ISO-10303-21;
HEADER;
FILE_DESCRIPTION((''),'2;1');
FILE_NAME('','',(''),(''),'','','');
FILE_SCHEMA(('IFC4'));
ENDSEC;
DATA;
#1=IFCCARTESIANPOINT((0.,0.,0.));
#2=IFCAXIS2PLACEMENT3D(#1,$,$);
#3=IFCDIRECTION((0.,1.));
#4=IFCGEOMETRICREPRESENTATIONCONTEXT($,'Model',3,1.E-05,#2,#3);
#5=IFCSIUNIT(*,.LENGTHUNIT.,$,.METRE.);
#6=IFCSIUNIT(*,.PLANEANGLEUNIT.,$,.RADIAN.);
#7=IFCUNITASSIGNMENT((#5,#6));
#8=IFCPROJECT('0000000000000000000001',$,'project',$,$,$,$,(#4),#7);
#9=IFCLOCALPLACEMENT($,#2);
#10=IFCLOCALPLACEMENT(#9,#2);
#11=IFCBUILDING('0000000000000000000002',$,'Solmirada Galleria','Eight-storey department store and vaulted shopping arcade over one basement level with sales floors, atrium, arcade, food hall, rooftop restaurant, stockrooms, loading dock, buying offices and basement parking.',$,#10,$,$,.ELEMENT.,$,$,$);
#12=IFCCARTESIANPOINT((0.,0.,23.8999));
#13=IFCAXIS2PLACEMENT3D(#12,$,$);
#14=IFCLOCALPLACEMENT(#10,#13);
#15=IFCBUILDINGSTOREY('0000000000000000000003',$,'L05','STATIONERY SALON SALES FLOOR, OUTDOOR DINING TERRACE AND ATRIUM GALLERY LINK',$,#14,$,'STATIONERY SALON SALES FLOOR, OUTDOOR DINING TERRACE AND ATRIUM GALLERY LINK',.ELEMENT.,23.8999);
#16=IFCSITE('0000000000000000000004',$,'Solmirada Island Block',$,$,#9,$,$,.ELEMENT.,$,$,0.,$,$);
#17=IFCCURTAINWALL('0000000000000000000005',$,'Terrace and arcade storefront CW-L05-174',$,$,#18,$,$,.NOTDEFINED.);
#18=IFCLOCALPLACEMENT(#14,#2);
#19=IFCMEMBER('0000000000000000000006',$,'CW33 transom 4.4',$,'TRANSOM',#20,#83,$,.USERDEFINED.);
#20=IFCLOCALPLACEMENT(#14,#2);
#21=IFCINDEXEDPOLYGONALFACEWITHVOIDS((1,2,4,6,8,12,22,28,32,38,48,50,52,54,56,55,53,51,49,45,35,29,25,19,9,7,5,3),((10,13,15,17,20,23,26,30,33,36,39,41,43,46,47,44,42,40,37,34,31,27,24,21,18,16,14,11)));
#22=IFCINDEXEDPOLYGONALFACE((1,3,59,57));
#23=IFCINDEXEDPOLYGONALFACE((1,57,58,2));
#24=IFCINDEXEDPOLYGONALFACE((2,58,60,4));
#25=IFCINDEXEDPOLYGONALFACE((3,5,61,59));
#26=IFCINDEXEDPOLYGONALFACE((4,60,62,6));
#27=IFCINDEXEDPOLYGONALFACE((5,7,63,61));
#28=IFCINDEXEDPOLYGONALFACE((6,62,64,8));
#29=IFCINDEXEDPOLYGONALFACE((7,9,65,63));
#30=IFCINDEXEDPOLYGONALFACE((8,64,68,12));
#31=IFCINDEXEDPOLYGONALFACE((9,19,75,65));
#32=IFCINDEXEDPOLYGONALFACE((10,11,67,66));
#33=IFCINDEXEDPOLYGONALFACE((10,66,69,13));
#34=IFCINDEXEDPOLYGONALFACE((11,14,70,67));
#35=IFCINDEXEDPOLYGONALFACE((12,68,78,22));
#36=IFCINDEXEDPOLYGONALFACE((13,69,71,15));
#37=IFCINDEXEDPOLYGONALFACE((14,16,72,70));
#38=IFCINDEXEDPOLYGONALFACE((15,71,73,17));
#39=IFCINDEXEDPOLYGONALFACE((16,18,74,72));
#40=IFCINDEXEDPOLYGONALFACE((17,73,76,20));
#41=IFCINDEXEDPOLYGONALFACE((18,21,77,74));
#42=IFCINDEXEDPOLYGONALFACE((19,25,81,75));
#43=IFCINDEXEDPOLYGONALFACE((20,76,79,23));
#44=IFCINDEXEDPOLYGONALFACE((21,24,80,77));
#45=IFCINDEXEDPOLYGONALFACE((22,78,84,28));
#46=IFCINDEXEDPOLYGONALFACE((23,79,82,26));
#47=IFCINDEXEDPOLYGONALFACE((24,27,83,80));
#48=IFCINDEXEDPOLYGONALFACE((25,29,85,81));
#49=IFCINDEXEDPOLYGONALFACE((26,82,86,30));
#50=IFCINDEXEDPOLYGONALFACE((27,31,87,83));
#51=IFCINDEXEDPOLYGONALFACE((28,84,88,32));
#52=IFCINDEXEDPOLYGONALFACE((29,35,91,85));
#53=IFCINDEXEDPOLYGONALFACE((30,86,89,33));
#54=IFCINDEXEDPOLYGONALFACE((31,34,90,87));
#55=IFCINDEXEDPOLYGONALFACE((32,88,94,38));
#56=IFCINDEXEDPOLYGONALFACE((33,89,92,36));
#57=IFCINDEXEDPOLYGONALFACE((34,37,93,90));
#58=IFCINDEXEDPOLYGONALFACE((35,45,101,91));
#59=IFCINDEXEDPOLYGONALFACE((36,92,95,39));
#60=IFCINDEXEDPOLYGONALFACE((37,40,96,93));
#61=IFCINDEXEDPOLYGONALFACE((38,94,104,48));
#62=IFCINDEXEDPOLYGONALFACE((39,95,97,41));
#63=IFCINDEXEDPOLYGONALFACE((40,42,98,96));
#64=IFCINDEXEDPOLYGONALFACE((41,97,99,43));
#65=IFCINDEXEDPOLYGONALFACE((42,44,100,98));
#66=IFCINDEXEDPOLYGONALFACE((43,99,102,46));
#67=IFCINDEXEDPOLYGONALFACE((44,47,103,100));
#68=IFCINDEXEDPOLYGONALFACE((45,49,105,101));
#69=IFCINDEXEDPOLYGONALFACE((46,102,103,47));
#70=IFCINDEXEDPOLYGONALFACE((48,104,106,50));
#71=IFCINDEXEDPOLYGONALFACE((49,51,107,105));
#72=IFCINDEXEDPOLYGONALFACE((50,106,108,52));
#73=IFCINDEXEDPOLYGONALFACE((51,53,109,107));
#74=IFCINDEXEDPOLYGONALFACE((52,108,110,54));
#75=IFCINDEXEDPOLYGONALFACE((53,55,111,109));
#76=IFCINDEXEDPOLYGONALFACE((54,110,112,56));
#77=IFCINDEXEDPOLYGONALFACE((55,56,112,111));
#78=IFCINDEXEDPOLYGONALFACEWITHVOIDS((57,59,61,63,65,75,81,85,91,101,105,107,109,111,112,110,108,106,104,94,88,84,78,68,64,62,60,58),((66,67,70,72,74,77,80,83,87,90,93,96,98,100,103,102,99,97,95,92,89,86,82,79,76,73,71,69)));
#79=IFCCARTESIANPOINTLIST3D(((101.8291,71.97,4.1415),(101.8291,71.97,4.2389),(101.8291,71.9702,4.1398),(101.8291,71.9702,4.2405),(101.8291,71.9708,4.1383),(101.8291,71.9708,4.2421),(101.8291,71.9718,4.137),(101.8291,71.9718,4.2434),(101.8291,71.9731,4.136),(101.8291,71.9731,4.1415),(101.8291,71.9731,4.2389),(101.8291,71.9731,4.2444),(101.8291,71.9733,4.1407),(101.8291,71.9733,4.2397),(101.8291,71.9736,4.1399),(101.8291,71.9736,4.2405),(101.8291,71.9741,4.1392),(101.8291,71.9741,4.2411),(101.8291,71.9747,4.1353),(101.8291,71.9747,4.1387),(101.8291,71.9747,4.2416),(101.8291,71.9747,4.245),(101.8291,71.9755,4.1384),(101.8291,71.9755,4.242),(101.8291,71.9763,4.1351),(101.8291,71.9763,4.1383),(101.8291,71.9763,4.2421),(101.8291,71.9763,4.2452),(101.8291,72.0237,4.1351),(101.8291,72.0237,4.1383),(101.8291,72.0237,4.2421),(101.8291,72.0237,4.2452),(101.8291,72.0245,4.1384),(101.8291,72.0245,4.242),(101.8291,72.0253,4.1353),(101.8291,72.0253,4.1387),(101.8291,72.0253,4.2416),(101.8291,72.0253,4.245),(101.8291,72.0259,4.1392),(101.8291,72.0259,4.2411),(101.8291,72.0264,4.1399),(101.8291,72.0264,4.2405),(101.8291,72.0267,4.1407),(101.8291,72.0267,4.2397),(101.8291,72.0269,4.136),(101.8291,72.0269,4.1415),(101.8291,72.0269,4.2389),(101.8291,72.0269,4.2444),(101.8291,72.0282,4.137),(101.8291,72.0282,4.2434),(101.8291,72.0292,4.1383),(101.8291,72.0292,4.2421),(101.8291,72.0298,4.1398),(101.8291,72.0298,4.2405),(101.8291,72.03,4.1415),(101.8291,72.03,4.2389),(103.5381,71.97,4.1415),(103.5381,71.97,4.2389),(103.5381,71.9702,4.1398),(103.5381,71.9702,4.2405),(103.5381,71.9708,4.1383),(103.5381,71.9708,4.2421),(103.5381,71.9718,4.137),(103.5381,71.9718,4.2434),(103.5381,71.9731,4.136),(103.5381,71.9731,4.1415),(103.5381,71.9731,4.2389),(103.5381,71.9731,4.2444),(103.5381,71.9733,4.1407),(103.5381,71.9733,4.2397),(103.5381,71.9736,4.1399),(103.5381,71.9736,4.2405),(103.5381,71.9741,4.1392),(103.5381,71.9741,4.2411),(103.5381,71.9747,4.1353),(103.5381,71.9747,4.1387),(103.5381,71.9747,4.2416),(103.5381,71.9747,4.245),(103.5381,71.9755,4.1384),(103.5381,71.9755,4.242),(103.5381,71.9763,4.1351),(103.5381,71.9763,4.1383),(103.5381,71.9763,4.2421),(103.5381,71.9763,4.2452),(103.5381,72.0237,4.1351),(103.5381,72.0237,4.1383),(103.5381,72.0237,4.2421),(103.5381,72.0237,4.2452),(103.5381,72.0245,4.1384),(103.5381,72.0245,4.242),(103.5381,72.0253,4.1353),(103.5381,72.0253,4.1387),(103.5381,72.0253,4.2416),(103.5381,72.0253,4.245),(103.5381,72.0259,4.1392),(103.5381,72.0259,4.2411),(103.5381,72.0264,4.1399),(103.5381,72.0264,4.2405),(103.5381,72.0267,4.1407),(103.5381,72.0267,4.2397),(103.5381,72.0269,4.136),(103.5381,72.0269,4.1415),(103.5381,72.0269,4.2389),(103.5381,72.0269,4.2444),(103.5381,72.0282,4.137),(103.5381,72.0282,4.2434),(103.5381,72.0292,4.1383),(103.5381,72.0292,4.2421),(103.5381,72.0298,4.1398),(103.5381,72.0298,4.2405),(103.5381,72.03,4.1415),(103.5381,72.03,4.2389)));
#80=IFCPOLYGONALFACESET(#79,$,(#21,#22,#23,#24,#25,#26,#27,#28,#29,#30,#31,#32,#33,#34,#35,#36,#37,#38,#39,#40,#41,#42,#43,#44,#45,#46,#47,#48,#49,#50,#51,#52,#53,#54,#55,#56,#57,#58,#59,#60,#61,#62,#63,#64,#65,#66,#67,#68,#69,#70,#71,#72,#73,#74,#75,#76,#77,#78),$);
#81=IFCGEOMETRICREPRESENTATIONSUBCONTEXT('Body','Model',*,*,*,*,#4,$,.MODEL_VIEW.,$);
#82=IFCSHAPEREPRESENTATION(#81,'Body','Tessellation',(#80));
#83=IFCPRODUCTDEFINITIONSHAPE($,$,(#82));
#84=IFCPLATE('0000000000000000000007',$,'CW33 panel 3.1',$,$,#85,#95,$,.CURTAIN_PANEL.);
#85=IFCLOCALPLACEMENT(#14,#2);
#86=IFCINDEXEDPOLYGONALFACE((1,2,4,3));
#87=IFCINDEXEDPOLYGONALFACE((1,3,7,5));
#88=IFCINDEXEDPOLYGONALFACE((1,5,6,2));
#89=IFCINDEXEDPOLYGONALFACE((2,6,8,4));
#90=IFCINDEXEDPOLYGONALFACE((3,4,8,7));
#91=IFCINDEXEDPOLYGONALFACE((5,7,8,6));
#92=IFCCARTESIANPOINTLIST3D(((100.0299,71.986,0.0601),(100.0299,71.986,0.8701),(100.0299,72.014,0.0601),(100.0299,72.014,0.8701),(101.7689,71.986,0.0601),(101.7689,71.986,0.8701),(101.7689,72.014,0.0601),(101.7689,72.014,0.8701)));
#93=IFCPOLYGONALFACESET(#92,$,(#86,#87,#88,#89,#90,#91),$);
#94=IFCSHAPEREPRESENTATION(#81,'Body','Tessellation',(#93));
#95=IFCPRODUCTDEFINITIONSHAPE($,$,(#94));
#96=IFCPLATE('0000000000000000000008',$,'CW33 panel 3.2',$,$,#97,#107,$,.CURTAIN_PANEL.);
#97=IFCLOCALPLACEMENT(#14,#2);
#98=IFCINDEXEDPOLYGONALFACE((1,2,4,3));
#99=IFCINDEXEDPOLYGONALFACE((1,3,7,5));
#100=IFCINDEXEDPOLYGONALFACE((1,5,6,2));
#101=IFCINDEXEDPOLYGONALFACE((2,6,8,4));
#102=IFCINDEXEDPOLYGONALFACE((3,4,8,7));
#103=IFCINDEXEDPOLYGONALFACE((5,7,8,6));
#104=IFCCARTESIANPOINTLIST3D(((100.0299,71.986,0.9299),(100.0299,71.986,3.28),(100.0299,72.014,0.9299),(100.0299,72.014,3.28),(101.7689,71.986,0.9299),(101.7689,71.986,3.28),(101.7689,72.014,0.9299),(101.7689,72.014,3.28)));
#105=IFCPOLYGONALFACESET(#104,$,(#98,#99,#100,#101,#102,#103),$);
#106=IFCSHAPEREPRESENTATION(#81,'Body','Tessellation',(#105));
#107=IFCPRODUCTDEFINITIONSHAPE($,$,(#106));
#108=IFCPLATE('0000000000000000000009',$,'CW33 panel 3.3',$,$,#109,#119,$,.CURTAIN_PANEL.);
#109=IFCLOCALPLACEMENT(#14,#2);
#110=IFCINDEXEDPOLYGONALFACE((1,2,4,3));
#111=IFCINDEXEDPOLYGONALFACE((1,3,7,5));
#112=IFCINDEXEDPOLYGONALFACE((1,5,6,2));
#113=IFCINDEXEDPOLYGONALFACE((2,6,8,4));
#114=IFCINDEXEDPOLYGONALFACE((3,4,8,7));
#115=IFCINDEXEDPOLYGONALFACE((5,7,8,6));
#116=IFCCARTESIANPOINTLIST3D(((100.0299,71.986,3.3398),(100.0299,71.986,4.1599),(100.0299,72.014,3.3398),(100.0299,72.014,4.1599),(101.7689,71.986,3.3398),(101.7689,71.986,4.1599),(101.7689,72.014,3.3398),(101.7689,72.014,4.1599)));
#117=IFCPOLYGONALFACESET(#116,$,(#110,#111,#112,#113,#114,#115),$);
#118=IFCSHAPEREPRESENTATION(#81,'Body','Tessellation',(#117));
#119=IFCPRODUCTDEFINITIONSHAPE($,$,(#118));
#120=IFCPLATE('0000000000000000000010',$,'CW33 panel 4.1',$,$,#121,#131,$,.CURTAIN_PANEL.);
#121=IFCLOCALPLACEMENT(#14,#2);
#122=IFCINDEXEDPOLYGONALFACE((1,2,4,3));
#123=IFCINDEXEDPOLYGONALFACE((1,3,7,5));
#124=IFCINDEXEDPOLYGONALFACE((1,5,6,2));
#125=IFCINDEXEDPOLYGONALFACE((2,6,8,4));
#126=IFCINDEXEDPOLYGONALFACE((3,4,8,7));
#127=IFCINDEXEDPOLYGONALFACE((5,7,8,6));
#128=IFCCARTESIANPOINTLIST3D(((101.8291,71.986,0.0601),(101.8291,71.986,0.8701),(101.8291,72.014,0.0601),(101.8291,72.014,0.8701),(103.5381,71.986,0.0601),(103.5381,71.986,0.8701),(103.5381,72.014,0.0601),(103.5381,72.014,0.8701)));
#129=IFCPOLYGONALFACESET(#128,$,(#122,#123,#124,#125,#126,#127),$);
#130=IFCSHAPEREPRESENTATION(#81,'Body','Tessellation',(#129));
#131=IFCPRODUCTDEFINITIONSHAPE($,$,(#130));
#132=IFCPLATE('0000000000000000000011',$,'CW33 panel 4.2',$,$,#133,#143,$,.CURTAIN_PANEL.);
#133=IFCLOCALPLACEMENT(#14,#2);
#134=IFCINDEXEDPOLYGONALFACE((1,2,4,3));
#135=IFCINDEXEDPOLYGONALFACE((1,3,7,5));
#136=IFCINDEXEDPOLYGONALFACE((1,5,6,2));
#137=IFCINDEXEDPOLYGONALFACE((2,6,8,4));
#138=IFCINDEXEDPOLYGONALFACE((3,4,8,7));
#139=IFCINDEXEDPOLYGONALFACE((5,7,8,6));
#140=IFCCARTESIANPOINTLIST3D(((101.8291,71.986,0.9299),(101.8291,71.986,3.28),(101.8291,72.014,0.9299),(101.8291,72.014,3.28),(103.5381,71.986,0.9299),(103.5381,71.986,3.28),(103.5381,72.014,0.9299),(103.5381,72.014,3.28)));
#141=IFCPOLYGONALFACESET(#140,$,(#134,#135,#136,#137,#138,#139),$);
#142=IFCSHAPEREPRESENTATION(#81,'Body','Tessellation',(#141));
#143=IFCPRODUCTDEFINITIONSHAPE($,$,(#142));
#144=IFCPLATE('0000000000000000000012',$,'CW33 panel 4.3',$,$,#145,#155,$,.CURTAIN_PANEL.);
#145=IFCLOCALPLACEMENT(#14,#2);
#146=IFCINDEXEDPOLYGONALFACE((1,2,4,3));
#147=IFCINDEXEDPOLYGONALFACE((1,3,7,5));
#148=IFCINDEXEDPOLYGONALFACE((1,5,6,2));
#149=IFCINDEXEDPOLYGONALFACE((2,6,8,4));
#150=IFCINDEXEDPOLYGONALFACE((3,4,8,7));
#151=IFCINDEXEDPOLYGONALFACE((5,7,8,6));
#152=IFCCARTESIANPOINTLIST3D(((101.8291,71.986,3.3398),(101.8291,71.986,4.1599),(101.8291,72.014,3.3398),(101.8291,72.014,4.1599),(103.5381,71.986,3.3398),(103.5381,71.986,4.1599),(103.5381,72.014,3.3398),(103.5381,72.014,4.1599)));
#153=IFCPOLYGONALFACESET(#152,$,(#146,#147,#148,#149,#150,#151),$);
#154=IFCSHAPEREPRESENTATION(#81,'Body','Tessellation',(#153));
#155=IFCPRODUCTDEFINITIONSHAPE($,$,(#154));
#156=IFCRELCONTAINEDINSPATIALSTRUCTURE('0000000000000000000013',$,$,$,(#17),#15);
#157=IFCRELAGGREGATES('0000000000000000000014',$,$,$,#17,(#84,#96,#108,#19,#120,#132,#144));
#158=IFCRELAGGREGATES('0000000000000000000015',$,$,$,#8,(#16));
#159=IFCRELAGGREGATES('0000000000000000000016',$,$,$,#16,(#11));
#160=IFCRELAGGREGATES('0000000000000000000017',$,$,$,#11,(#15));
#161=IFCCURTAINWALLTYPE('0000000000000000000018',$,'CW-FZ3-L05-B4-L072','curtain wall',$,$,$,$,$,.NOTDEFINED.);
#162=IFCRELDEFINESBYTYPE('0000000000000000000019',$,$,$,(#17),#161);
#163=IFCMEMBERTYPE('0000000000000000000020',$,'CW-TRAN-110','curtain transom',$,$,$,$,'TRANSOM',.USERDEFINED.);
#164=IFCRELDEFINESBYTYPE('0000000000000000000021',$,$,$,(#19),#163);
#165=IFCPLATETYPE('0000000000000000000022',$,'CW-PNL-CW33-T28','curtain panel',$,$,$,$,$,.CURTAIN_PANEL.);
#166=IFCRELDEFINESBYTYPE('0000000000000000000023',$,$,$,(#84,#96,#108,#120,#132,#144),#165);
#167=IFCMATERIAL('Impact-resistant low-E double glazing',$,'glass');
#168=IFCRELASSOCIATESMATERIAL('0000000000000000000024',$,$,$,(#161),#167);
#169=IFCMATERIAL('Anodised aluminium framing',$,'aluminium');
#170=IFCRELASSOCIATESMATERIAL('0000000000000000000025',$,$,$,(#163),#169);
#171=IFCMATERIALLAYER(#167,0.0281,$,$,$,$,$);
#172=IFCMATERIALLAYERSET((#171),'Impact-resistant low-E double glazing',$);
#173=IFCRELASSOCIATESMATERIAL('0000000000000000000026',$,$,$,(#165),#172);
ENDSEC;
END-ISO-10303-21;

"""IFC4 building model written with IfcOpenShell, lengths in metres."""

from ifc_helpers import new_model, si_unit, direction, frame, origin, origin_2d, place, context, subcontext, project, spatial, rectangle, hollow_rectangle, extrude, material, layer, layer_set, material_profile, profile_set, type_object, element, aggregate, save


model = new_model("IFC4")

# Units and contexts
model_context = context("Model", 3, precision=1e-05, world=origin(), true_north=direction((0.0, 1.0)))
body_context = subcontext(model_context, "Body", "Model", "MODEL_VIEW")
ifc_project = project(units=[si_unit("LENGTHUNIT", "METRE"), si_unit("PLANEANGLEUNIT", "RADIAN")], contexts=[model_context])

# Site, building, storey
site_placement = place(None, origin())
site = spatial("IfcSite", under=ifc_project, at=site_placement, Name="Solmirada Island Block", CompositionType="ELEMENT", RefElevation=0.0)
building_placement = place(site_placement, origin())
building = spatial("IfcBuilding", under=site, at=building_placement, Name="Solmirada Galleria", Description="Eight-storey department store and vaulted shopping arcade over one basement level with sales floors, atrium, arcade, food hall, rooftop restaurant, stockrooms, loading dock, buying offices and basement parking.", CompositionType="ELEMENT")
storey_placement = place(building_placement, frame((0.0, 0.0, 23.8999)))
storey = spatial("IfcBuildingStorey", under=building, at=storey_placement, Name="L05", Description="STATIONERY SALON SALES FLOOR, OUTDOOR DINING TERRACE AND ATRIUM GALLERY LINK", LongName="STATIONERY SALON SALES FLOOR, OUTDOOR DINING TERRACE AND ATRIUM GALLERY LINK", CompositionType="ELEMENT", Elevation=23.8999)

# Curtain wall, member, plates
ifc_material_1 = material(Name="Impact-resistant low-E double glazing", Category="glass")
curtain_wall_type = type_object("IfcCurtainWallType", Name="CW-FZ3-L05-B4-L072", Description="curtain wall", PredefinedType="NOTDEFINED", material=ifc_material_1)
curtain_wall_placement = place(storey_placement, origin())
curtain_wall = element("IfcCurtainWall", 1, at=curtain_wall_placement, inside=storey, type_object=curtain_wall_type, Name="Terrace and arcade storefront CW-L05-174", PredefinedType="NOTDEFINED")
ifc_material_2 = material(Name="Anodised aluminium framing", Category="aluminium")
ifc_material_profile_1 = material_profile(ifc_material_2, hollow_rectangle(XDim=0.0601, YDim=0.1101, WallThickness=0.0032, InnerFilletRadius=0.0032, OuterFilletRadius=0.0063, at=origin_2d()), Name="ALU-TRAN-110X60")
ifc_profile_set_1 = profile_set([ifc_material_profile_1], Name="Anodised aluminium framing")
member_type_1 = type_object("IfcMemberType", Name="CW-TRAN-110", Description="curtain transom", ElementType="TRANSOM", PredefinedType="USERDEFINED", material=ifc_profile_set_1)
member_1_placement = place(storey_placement, frame((101.8291, 72.0, 4.1902), z_axis=(1.0, 0.0, 0.0), x_axis=(0.0, 1.0, 0.0)))
member_1 = element("IfcMember", 2, at=member_1_placement, type_object=member_type_1, Name="CW33 transom 4.4", ObjectType="TRANSOM", PredefinedType="USERDEFINED", context=body_context, shape_type="SweptSolid", body=[
    extrude(hollow_rectangle(XDim=0.0601, YDim=0.1101, WallThickness=0.0032, InnerFilletRadius=0.0032, OuterFilletRadius=0.0063, at=origin_2d()), origin(), (0.0, 0.0, 1.0), 1.709),
])
ifc_layer = layer(ifc_material_1, 0.0281)
ifc_layer_set = layer_set([ifc_layer], Name="Impact-resistant low-E double glazing")
plate_type = type_object("IfcPlateType", Name="CW-PNL-CW33-T28", Description="curtain panel", PredefinedType="CURTAIN_PANEL", material=ifc_layer_set)
plate_1_placement = place(storey_placement, frame((100.8994, 72.0, 0.0601), z_axis=(0.0, 0.0, 1.0), x_axis=(1.0, 0.0, 0.0)))
plate_1 = element("IfcPlate", 3, at=plate_1_placement, type_object=plate_type, Name="CW33 panel 3.1", PredefinedType="CURTAIN_PANEL", context=body_context, shape_type="SweptSolid", body=[
    extrude(rectangle(XDim=1.739, YDim=0.0281, at=origin_2d()), origin(), (0.0, 0.0, 1.0), 0.8101),
])
plate_2_placement = place(storey_placement, frame((100.8994, 72.0, 0.9299), z_axis=(0.0, 0.0, 1.0), x_axis=(1.0, 0.0, 0.0)))
plate_2 = element("IfcPlate", 4, at=plate_2_placement, type_object=plate_type, Name="CW33 panel 3.2", PredefinedType="CURTAIN_PANEL", context=body_context, shape_type="SweptSolid", body=[
    extrude(rectangle(XDim=1.739, YDim=0.0281, at=origin_2d()), origin(), (0.0, 0.0, 1.0), 2.3501),
])
plate_3_placement = place(storey_placement, frame((100.8994, 72.0, 3.3398), z_axis=(0.0, 0.0, 1.0), x_axis=(1.0, 0.0, 0.0)))
plate_3 = element("IfcPlate", 5, at=plate_3_placement, type_object=plate_type, Name="CW33 panel 3.3", PredefinedType="CURTAIN_PANEL", context=body_context, shape_type="SweptSolid", body=[
    extrude(rectangle(XDim=1.739, YDim=0.0281, at=origin_2d()), origin(), (0.0, 0.0, 1.0), 0.8201),
])
plate_4_placement = place(storey_placement, frame((102.6836, 72.0, 0.0601), z_axis=(0.0, 0.0, 1.0), x_axis=(1.0, 0.0, 0.0)))
plate_4 = element("IfcPlate", 6, at=plate_4_placement, type_object=plate_type, Name="CW33 panel 4.1", PredefinedType="CURTAIN_PANEL", context=body_context, shape_type="SweptSolid", body=[
    extrude(rectangle(XDim=1.709, YDim=0.0281, at=origin_2d()), origin(), (0.0, 0.0, 1.0), 0.8101),
])
plate_5_placement = place(storey_placement, frame((102.6836, 72.0, 0.9299), z_axis=(0.0, 0.0, 1.0), x_axis=(1.0, 0.0, 0.0)))
plate_5 = element("IfcPlate", 7, at=plate_5_placement, type_object=plate_type, Name="CW33 panel 4.2", PredefinedType="CURTAIN_PANEL", context=body_context, shape_type="SweptSolid", body=[
    extrude(rectangle(XDim=1.709, YDim=0.0281, at=origin_2d()), origin(), (0.0, 0.0, 1.0), 2.3501),
])
plate_6_placement = place(storey_placement, frame((102.6836, 72.0, 3.3398), z_axis=(0.0, 0.0, 1.0), x_axis=(1.0, 0.0, 0.0)))
plate_6 = element("IfcPlate", 8, at=plate_6_placement, type_object=plate_type, Name="CW33 panel 4.3", PredefinedType="CURTAIN_PANEL", context=body_context, shape_type="SweptSolid", body=[
    extrude(rectangle(XDim=1.709, YDim=0.0281, at=origin_2d()), origin(), (0.0, 0.0, 1.0), 0.8201),
])
aggregate(curtain_wall, [plate_1, plate_2, plate_3, member_1, plate_4, plate_5, plate_6])

save(model, "model.ifc")
